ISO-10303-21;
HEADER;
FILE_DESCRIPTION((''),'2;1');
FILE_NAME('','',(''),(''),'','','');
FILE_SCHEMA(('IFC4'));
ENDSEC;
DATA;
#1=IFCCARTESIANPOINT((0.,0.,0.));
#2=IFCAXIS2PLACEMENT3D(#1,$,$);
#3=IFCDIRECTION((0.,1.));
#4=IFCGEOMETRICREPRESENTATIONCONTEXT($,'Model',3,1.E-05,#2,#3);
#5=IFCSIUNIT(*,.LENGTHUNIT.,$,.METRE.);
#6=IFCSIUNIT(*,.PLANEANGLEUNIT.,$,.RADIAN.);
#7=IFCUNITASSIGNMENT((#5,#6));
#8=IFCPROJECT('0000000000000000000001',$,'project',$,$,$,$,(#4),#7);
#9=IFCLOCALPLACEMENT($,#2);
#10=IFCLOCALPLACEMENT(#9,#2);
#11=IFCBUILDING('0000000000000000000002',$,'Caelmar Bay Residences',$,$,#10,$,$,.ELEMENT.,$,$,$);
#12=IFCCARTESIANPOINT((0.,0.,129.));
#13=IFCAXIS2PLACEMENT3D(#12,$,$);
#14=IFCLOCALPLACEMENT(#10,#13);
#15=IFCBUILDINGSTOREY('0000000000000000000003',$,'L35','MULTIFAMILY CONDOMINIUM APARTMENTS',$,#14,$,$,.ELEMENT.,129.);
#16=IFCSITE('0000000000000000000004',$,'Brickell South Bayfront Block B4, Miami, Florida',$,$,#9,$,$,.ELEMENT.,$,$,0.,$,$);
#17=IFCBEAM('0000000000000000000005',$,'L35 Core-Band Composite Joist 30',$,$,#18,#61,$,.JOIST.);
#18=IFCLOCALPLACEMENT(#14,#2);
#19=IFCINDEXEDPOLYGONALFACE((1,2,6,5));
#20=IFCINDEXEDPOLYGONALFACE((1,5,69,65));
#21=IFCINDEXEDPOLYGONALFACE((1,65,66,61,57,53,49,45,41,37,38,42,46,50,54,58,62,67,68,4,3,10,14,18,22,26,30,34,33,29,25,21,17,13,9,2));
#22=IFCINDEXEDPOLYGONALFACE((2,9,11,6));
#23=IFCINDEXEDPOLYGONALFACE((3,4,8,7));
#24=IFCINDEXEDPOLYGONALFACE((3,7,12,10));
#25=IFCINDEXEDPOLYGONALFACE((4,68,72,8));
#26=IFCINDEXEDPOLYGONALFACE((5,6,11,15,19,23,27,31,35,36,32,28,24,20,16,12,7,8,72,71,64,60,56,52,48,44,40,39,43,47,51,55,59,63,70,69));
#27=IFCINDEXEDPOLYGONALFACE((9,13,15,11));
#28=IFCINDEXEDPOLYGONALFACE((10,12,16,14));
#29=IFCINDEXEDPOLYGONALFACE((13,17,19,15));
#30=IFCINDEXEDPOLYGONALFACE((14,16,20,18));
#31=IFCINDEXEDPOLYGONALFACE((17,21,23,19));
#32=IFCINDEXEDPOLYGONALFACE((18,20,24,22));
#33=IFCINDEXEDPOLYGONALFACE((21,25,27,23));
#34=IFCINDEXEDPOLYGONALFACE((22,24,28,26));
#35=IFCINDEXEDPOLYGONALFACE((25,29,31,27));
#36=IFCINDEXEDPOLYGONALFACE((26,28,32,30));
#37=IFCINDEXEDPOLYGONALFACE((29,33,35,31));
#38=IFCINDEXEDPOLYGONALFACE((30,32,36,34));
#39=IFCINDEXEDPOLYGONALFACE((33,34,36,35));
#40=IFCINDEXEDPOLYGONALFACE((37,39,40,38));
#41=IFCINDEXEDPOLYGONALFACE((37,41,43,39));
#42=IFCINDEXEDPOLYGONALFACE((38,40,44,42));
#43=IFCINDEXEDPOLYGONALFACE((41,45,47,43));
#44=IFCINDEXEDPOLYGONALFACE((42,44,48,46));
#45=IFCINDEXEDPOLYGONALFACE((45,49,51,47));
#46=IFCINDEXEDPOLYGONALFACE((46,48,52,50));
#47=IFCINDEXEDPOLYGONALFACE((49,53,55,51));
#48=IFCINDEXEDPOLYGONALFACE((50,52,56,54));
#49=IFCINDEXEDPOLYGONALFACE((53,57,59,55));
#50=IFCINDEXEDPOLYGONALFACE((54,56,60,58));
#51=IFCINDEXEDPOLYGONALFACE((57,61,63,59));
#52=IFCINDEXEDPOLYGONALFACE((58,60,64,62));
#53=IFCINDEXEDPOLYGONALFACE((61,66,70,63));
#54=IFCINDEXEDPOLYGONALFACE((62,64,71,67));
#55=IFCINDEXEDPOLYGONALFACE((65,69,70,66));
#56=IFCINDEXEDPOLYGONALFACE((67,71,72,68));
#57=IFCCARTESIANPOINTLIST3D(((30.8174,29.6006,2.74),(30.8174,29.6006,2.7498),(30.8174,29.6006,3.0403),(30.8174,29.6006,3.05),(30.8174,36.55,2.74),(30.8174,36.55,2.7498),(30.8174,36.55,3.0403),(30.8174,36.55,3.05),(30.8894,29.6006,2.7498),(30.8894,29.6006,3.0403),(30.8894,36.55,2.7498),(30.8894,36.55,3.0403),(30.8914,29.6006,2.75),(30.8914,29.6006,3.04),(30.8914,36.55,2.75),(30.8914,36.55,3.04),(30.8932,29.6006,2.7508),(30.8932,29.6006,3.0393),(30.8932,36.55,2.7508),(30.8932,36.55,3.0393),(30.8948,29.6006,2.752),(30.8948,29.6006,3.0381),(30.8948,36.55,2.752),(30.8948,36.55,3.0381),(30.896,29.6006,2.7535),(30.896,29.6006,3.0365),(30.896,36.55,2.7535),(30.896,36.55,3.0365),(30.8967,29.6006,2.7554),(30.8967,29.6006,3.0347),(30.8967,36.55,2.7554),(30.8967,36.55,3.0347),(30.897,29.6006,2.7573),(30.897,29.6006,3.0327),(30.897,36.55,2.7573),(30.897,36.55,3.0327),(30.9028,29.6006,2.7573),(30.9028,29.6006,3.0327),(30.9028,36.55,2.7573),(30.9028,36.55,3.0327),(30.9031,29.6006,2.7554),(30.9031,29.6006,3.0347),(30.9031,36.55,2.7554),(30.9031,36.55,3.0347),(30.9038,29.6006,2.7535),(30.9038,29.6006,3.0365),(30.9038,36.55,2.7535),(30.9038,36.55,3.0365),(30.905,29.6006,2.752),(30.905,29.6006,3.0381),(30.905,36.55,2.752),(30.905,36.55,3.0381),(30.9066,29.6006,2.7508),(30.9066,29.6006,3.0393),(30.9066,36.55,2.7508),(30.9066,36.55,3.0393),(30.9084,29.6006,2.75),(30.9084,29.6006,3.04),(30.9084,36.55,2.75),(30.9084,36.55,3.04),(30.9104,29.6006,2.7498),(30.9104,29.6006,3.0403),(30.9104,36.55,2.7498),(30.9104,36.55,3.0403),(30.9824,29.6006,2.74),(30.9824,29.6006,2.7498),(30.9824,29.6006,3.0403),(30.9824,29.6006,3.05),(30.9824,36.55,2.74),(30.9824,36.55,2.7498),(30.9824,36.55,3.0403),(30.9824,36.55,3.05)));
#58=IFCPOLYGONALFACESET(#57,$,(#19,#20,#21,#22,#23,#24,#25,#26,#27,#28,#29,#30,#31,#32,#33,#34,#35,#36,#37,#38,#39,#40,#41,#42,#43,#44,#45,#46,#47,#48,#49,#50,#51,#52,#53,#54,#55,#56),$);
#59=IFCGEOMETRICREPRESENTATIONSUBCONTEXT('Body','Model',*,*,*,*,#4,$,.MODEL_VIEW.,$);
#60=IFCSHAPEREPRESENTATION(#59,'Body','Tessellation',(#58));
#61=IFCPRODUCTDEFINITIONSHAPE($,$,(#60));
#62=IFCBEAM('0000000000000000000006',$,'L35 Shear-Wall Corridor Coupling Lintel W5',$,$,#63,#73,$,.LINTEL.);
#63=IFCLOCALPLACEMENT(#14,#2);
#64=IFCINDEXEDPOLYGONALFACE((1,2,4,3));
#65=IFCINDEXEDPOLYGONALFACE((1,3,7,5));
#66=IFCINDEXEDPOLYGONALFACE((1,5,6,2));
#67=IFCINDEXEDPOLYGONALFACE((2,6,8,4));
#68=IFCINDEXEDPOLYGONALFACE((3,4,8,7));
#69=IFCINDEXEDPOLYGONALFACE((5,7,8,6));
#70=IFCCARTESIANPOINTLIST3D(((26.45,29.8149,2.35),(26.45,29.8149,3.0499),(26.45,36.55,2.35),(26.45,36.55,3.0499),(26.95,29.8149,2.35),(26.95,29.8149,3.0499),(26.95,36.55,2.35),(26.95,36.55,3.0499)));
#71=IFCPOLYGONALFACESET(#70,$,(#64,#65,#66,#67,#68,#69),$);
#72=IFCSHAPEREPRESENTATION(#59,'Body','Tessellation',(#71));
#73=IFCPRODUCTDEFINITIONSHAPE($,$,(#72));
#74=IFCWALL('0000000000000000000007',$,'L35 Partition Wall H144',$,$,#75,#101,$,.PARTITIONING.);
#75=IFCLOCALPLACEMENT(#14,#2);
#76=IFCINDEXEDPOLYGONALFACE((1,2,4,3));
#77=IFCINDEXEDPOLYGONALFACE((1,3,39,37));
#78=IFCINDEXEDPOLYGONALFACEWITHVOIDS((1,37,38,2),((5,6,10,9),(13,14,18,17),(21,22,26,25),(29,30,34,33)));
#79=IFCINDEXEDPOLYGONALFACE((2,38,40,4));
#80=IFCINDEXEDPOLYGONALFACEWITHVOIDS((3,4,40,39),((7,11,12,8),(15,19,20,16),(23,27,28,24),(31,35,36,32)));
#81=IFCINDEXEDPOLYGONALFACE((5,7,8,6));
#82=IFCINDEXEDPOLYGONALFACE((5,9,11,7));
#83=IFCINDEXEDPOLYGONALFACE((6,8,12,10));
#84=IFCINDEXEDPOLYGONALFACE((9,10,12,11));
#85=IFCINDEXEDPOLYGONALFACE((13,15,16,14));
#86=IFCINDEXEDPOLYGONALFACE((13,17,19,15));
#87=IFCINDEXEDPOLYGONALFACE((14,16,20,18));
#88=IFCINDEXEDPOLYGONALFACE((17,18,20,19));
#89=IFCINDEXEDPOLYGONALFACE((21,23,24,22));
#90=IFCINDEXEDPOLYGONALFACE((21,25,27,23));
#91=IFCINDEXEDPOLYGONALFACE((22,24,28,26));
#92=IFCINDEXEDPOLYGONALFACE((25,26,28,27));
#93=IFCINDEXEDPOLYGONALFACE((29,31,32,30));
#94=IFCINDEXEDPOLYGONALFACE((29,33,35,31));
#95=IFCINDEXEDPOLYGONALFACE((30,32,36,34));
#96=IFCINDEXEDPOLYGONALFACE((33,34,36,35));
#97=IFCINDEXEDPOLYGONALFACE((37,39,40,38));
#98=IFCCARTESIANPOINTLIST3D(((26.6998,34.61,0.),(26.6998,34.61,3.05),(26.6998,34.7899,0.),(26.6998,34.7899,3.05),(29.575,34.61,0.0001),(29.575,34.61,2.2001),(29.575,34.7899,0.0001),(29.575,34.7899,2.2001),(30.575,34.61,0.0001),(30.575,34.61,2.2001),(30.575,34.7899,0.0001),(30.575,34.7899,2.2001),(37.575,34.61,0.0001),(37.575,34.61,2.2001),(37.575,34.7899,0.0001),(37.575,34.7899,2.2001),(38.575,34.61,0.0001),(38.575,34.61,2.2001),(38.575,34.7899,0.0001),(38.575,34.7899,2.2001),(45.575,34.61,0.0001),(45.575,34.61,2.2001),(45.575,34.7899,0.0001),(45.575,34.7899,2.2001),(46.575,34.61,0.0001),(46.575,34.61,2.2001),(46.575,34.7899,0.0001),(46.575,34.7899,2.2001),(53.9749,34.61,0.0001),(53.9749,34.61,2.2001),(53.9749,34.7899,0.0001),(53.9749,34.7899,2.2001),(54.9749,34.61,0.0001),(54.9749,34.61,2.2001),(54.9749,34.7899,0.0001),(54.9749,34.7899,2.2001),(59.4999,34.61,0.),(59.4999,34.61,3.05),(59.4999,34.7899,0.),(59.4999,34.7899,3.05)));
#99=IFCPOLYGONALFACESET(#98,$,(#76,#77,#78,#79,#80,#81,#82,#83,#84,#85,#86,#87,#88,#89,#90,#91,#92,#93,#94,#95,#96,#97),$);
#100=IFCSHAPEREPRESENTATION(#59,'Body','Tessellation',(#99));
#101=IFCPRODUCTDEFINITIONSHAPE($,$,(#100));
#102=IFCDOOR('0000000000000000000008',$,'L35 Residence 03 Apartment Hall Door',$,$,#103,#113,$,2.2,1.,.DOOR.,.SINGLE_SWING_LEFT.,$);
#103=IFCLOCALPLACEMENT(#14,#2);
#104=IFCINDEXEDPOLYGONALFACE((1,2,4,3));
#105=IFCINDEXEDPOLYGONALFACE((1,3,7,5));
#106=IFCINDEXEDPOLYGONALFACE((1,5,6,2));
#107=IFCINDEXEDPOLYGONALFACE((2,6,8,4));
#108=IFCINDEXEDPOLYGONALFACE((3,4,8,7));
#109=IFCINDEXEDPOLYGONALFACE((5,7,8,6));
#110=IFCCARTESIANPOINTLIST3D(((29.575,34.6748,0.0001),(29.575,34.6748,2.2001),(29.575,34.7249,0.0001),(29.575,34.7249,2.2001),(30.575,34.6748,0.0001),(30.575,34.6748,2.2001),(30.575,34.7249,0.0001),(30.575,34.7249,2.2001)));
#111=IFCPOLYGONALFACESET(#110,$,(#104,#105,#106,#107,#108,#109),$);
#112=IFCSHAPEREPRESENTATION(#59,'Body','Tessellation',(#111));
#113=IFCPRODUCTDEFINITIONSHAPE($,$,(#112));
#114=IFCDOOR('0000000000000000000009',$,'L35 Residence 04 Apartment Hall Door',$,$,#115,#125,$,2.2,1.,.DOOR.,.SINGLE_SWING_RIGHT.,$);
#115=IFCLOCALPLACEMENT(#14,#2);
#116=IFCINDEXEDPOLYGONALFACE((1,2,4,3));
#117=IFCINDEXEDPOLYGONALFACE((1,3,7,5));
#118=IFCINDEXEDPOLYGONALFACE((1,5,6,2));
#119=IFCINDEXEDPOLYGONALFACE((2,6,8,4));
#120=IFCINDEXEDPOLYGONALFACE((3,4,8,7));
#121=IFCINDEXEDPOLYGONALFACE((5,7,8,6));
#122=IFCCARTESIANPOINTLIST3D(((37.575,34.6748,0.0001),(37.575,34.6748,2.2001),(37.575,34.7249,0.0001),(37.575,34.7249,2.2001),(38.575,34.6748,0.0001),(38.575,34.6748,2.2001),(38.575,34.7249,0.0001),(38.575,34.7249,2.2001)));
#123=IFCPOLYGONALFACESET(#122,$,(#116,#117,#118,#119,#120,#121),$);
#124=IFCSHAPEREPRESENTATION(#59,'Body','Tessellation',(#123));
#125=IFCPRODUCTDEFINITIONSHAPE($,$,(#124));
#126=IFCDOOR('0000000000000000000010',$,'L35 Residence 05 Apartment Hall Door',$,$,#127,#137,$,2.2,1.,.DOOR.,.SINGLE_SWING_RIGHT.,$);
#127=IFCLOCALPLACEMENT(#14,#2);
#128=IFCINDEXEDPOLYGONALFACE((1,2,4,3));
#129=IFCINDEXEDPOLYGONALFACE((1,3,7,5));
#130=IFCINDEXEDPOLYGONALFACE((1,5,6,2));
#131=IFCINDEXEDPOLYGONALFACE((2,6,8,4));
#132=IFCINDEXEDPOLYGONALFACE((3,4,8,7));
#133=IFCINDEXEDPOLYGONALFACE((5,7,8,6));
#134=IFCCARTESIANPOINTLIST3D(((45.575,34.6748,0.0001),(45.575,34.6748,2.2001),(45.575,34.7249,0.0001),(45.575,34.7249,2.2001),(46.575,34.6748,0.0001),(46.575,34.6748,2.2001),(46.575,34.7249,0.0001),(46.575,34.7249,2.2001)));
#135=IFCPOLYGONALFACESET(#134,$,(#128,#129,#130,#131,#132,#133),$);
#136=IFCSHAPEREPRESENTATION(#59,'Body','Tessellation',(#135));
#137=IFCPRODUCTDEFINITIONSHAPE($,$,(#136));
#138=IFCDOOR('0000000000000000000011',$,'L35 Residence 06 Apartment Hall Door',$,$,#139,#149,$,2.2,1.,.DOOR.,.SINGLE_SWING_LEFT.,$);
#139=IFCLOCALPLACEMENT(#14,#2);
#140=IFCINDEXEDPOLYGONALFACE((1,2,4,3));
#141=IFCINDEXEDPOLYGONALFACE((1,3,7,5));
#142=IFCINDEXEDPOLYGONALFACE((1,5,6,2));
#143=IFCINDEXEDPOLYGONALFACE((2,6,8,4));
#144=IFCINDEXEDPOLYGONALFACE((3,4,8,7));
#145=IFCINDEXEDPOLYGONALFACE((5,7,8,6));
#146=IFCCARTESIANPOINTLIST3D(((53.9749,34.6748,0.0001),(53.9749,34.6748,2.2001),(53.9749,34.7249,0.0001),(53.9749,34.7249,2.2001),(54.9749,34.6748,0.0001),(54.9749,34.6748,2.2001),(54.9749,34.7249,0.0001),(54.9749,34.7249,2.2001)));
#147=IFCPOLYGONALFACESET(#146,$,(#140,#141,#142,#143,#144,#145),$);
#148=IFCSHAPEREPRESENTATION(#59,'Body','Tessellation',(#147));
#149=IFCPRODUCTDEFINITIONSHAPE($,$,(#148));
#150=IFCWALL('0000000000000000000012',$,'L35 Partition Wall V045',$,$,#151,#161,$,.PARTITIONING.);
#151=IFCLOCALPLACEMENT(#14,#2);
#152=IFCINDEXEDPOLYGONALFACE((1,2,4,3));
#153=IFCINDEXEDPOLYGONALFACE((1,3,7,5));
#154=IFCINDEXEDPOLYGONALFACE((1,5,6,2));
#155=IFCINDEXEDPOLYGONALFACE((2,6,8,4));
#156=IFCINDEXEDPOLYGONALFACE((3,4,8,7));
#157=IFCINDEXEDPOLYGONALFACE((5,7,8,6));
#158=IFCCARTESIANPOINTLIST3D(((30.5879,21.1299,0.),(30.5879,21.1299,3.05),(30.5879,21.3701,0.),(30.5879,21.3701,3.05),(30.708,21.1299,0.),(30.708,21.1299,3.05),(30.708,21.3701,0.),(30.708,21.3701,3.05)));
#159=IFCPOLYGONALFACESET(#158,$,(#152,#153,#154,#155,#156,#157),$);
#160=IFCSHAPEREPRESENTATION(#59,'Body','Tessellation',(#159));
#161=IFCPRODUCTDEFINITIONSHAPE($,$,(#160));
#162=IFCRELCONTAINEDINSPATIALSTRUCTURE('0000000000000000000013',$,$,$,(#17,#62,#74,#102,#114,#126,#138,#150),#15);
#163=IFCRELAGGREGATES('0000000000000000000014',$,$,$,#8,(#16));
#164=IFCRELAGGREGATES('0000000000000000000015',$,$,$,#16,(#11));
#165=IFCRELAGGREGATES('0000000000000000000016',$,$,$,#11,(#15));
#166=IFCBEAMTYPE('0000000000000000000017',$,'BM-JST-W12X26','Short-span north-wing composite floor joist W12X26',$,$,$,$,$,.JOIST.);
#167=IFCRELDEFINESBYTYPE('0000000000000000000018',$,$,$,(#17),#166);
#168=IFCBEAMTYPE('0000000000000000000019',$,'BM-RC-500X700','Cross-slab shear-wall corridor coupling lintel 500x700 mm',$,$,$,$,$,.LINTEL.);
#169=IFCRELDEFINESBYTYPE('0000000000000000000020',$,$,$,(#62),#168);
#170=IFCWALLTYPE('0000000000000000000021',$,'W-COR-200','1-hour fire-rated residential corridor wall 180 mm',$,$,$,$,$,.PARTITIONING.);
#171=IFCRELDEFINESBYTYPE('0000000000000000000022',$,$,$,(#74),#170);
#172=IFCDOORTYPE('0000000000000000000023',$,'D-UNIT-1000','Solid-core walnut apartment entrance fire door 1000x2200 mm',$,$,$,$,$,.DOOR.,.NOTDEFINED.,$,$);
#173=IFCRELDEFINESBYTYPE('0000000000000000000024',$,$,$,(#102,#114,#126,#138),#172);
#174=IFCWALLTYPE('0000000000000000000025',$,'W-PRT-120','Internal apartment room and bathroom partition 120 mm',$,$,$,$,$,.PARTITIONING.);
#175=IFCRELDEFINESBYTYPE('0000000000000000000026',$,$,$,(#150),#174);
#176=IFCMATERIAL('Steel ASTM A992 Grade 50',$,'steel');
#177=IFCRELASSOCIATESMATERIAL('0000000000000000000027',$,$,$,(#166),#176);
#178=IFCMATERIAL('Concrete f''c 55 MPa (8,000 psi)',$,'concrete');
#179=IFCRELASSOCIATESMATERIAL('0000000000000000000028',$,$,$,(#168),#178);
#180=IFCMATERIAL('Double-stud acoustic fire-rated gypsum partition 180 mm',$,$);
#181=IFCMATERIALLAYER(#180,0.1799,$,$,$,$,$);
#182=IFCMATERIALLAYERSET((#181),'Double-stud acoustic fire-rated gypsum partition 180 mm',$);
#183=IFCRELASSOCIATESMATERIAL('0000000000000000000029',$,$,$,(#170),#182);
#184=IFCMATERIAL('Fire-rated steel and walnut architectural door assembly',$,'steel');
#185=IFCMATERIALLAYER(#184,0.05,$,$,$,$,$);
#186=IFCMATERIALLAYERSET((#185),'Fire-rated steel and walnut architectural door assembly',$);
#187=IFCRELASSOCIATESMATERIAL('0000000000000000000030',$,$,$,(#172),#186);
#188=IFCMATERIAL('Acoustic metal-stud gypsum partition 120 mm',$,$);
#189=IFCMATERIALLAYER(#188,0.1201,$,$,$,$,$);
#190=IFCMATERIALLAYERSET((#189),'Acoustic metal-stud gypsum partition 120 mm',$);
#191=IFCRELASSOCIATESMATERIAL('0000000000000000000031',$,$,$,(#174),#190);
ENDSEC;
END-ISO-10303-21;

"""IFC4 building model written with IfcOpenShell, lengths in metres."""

from ifc_helpers import new_model, si_unit, direction, frame, frame_2d, origin, origin_2d, place, context, subcontext, project, spatial, rectangle, i_section, extrude, material, layer, layer_set, material_profile, profile_set, type_object, element, fill, save


model = new_model("IFC4")

# Units and contexts
model_context = context("Model", 3, precision=1e-05, world=origin(), true_north=direction((0.0, 1.0)))
body_context = subcontext(model_context, "Body", "Model", "MODEL_VIEW")
ifc_project = project(units=[si_unit("LENGTHUNIT", "METRE"), si_unit("PLANEANGLEUNIT", "RADIAN")], contexts=[model_context])

# Site, building, storey
site_placement = place(None, origin())
site = spatial("IfcSite", under=ifc_project, at=site_placement, Name="Brickell South Bayfront Block B4, Miami, Florida", CompositionType="ELEMENT", RefElevation=0.0)
building_placement = place(site_placement, origin())
building = spatial("IfcBuilding", under=site, at=building_placement, Name="Caelmar Bay Residences", CompositionType="ELEMENT")
storey_placement = place(building_placement, frame((0.0, 0.0, 129.0)))
storey = spatial("IfcBuildingStorey", under=building, at=storey_placement, Name="L35", Description="MULTIFAMILY CONDOMINIUM APARTMENTS", CompositionType="ELEMENT", Elevation=129.0)

# Beams
ifc_material_1 = material(Name="Steel ASTM A992 Grade 50", Category="steel")
ifc_material_profile_1 = material_profile(ifc_material_1, i_section(OverallWidth=0.165, OverallDepth=0.3101, WebThickness=0.0059, FlangeThickness=0.0098, FilletRadius=0.0076, at=origin_2d()), Name="W12X26")
ifc_profile_set_1 = profile_set([ifc_material_profile_1], Name="Steel ASTM A992 Grade 50")
beam_type_1 = type_object("IfcBeamType", Name="BM-JST-W12X26", Description="Short-span north-wing composite floor joist W12X26", PredefinedType="JOIST", material=ifc_profile_set_1)
beam_1_placement = place(storey_placement, frame((30.8999, 29.6006, 2.895), z_axis=(0.0, 1.0, 0.0), x_axis=(-1.0, 0.0, 0.0)))
element("IfcBeam", 1, at=beam_1_placement, inside=storey, type_object=beam_type_1, Name="L35 Core-Band Composite Joist 30", PredefinedType="JOIST", context=body_context, shape_type="SweptSolid", body=[
    extrude(i_section(OverallWidth=0.165, OverallDepth=0.3101, WebThickness=0.0059, FlangeThickness=0.0098, FilletRadius=0.0076, at=origin_2d()), origin(), (0.0, 0.0, 1.0), 6.9495),
])
ifc_material_2 = material(Name="Concrete f'c 55 MPa (8,000 psi)", Category="concrete")
ifc_material_profile_2 = material_profile(ifc_material_2, rectangle(XDim=0.5, YDim=0.7, at=origin_2d()), Name="RC-BM-500X700")
ifc_profile_set_2 = profile_set([ifc_material_profile_2], Name="Concrete f'c 55 MPa (8,000 psi)")
beam_type_2 = type_object("IfcBeamType", Name="BM-RC-500X700", Description="Cross-slab shear-wall corridor coupling lintel 500x700 mm", PredefinedType="LINTEL", material=ifc_profile_set_2)
beam_2_placement = place(storey_placement, frame((26.7, 29.8149, 2.7), z_axis=(0.0, 1.0, 0.0), x_axis=(-1.0, 0.0, 0.0)))
element("IfcBeam", 2, at=beam_2_placement, inside=storey, type_object=beam_type_2, Name="L35 Shear-Wall Corridor Coupling Lintel W5", PredefinedType="LINTEL", context=body_context, shape_type="SweptSolid", body=[
    extrude(rectangle(XDim=0.5, YDim=0.7, at=origin_2d()), origin(), (0.0, 0.0, 1.0), 6.7351),
])

# Wall, openings, doors
ifc_material_3 = material(Name="Double-stud acoustic fire-rated gypsum partition 180 mm")
ifc_layer_1 = layer(ifc_material_3, 0.1799)
ifc_layer_set_1 = layer_set([ifc_layer_1], Name="Double-stud acoustic fire-rated gypsum partition 180 mm")
wall_type_1 = type_object("IfcWallType", Name="W-COR-200", Description="1-hour fire-rated residential corridor wall 180 mm", PredefinedType="PARTITIONING", material=ifc_layer_set_1)
wall_1_placement = place(storey_placement, frame((26.7, 34.7, 0.0), z_axis=(0.0, 0.0, 1.0), x_axis=(1.0, 0.0, 0.0)))
wall_1 = element("IfcWall", 3, at=wall_1_placement, inside=storey, type_object=wall_type_1, Name="L35 Partition Wall H144", PredefinedType="PARTITIONING", context=body_context, shape_type="SweptSolid", body=[
    extrude(rectangle(XDim=32.8, YDim=0.1799, at=frame_2d((16.3999, 0.0))), origin(), (0.0, 0.0, 1.0), 3.05),
])
opening_1_placement = place(wall_1_placement, frame((2.875, 0.0, 0.0)))
opening_1 = element("IfcOpeningElement", 4, at=opening_1_placement, cuts=wall_1, PredefinedType="OPENING", context=body_context, shape_type="SweptSolid", body=[
    extrude(rectangle(XDim=1.0, YDim=2.2, at=frame_2d((0.5, 1.1001))), frame((0.0, 0.0999, 0.0), z_axis=(0.0, -1.0, 0.0), x_axis=(1.0, 0.0, 0.0)), (0.0, 0.0, 1.0), 0.2),
])
opening_2_placement = place(wall_1_placement, frame((10.875, 0.0, 0.0)))
opening_2 = element("IfcOpeningElement", 5, at=opening_2_placement, cuts=wall_1, PredefinedType="OPENING", context=body_context, shape_type="SweptSolid", body=[
    extrude(rectangle(XDim=1.0, YDim=2.2, at=frame_2d((0.5, 1.1001))), frame((0.0, 0.0999, 0.0), z_axis=(0.0, -1.0, 0.0), x_axis=(1.0, 0.0, 0.0)), (0.0, 0.0, 1.0), 0.2),
])
opening_3_placement = place(wall_1_placement, frame((18.875, 0.0, 0.0)))
opening_3 = element("IfcOpeningElement", 6, at=opening_3_placement, cuts=wall_1, PredefinedType="OPENING", context=body_context, shape_type="SweptSolid", body=[
    extrude(rectangle(XDim=1.0, YDim=2.2, at=frame_2d((0.5, 1.1001))), frame((0.0, 0.0999, 0.0), z_axis=(0.0, -1.0, 0.0), x_axis=(1.0, 0.0, 0.0)), (0.0, 0.0, 1.0), 0.2),
])
opening_4_placement = place(wall_1_placement, frame((27.2749, 0.0, 0.0)))
opening_4 = element("IfcOpeningElement", 7, at=opening_4_placement, cuts=wall_1, PredefinedType="OPENING", context=body_context, shape_type="SweptSolid", body=[
    extrude(rectangle(XDim=1.0, YDim=2.2, at=frame_2d((0.5, 1.1001))), frame((0.0, 0.0999, 0.0), z_axis=(0.0, -1.0, 0.0), x_axis=(1.0, 0.0, 0.0)), (0.0, 0.0, 1.0), 0.2),
])
ifc_material_4 = material(Name="Fire-rated steel and walnut architectural door assembly", Category="steel")
ifc_layer_2 = layer(ifc_material_4, 0.05)
ifc_layer_set_2 = layer_set([ifc_layer_2], Name="Fire-rated steel and walnut architectural door assembly")
door_type_1 = type_object("IfcDoorType", Name="D-UNIT-1000", Description="Solid-core walnut apartment entrance fire door 1000x2200 mm", OperationType="NOTDEFINED", PredefinedType="DOOR", material=ifc_layer_set_2)
door_1_placement = place(opening_1_placement, origin())
door_1 = element("IfcDoor", 8, at=door_1_placement, inside=storey, type_object=door_type_1, Name="L35 Residence 03 Apartment Hall Door", OperationType="SINGLE_SWING_LEFT", OverallHeight=2.2, OverallWidth=1.0, PredefinedType="DOOR", context=body_context, shape_type="SweptSolid", body=[
    extrude(rectangle(XDim=1.0, YDim=2.2, at=frame_2d((0.5, 1.1001))), frame((0.0, 0.0249, 0.0), z_axis=(0.0, -1.0, 0.0), x_axis=(1.0, 0.0, 0.0)), (0.0, 0.0, 1.0), 0.05),
])
fill(opening_1, door_1)
door_2_placement = place(opening_2_placement, origin())
door_2 = element("IfcDoor", 9, at=door_2_placement, inside=storey, type_object=door_type_1, Name="L35 Residence 04 Apartment Hall Door", OperationType="SINGLE_SWING_RIGHT", OverallHeight=2.2, OverallWidth=1.0, PredefinedType="DOOR", context=body_context, shape_type="SweptSolid", body=[
    extrude(rectangle(XDim=1.0, YDim=2.2, at=frame_2d((0.5, 1.1001))), frame((0.0, 0.0249, 0.0), z_axis=(0.0, -1.0, 0.0), x_axis=(1.0, 0.0, 0.0)), (0.0, 0.0, 1.0), 0.05),
])
fill(opening_2, door_2)
door_3_placement = place(opening_3_placement, origin())
door_3 = element("IfcDoor", 10, at=door_3_placement, inside=storey, type_object=door_type_1, Name="L35 Residence 05 Apartment Hall Door", OperationType="SINGLE_SWING_RIGHT", OverallHeight=2.2, OverallWidth=1.0, PredefinedType="DOOR", context=body_context, shape_type="SweptSolid", body=[
    extrude(rectangle(XDim=1.0, YDim=2.2, at=frame_2d((0.5, 1.1001))), frame((0.0, 0.0249, 0.0), z_axis=(0.0, -1.0, 0.0), x_axis=(1.0, 0.0, 0.0)), (0.0, 0.0, 1.0), 0.05),
])
fill(opening_3, door_3)
door_4_placement = place(opening_4_placement, origin())
door_4 = element("IfcDoor", 11, at=door_4_placement, inside=storey, type_object=door_type_1, Name="L35 Residence 06 Apartment Hall Door", OperationType="SINGLE_SWING_LEFT", OverallHeight=2.2, OverallWidth=1.0, PredefinedType="DOOR", context=body_context, shape_type="SweptSolid", body=[
    extrude(rectangle(XDim=1.0, YDim=2.2, at=frame_2d((0.5, 1.1001))), frame((0.0, 0.0249, 0.0), z_axis=(0.0, -1.0, 0.0), x_axis=(1.0, 0.0, 0.0)), (0.0, 0.0, 1.0), 0.05),
])
fill(opening_4, door_4)

# Wall
ifc_material_5 = material(Name="Acoustic metal-stud gypsum partition 120 mm")
ifc_layer_3 = layer(ifc_material_5, 0.1201)
ifc_layer_set_3 = layer_set([ifc_layer_3], Name="Acoustic metal-stud gypsum partition 120 mm")
wall_type_2 = type_object("IfcWallType", Name="W-PRT-120", Description="Internal apartment room and bathroom partition 120 mm", PredefinedType="PARTITIONING", material=ifc_layer_set_3)
wall_2_placement = place(storey_placement, frame((30.6479, 21.1299, 0.0), z_axis=(0.0, 0.0, 1.0), x_axis=(0.0, 1.0, 0.0)))
element("IfcWall", 12, at=wall_2_placement, inside=storey, type_object=wall_type_2, Name="L35 Partition Wall V045", PredefinedType="PARTITIONING", context=body_context, shape_type="SweptSolid", body=[
    extrude(rectangle(XDim=0.2402, YDim=0.1201, at=frame_2d((0.1201, 0.0))), origin(), (0.0, 0.0, 1.0), 3.05),
])

save(model, "model.ifc")
